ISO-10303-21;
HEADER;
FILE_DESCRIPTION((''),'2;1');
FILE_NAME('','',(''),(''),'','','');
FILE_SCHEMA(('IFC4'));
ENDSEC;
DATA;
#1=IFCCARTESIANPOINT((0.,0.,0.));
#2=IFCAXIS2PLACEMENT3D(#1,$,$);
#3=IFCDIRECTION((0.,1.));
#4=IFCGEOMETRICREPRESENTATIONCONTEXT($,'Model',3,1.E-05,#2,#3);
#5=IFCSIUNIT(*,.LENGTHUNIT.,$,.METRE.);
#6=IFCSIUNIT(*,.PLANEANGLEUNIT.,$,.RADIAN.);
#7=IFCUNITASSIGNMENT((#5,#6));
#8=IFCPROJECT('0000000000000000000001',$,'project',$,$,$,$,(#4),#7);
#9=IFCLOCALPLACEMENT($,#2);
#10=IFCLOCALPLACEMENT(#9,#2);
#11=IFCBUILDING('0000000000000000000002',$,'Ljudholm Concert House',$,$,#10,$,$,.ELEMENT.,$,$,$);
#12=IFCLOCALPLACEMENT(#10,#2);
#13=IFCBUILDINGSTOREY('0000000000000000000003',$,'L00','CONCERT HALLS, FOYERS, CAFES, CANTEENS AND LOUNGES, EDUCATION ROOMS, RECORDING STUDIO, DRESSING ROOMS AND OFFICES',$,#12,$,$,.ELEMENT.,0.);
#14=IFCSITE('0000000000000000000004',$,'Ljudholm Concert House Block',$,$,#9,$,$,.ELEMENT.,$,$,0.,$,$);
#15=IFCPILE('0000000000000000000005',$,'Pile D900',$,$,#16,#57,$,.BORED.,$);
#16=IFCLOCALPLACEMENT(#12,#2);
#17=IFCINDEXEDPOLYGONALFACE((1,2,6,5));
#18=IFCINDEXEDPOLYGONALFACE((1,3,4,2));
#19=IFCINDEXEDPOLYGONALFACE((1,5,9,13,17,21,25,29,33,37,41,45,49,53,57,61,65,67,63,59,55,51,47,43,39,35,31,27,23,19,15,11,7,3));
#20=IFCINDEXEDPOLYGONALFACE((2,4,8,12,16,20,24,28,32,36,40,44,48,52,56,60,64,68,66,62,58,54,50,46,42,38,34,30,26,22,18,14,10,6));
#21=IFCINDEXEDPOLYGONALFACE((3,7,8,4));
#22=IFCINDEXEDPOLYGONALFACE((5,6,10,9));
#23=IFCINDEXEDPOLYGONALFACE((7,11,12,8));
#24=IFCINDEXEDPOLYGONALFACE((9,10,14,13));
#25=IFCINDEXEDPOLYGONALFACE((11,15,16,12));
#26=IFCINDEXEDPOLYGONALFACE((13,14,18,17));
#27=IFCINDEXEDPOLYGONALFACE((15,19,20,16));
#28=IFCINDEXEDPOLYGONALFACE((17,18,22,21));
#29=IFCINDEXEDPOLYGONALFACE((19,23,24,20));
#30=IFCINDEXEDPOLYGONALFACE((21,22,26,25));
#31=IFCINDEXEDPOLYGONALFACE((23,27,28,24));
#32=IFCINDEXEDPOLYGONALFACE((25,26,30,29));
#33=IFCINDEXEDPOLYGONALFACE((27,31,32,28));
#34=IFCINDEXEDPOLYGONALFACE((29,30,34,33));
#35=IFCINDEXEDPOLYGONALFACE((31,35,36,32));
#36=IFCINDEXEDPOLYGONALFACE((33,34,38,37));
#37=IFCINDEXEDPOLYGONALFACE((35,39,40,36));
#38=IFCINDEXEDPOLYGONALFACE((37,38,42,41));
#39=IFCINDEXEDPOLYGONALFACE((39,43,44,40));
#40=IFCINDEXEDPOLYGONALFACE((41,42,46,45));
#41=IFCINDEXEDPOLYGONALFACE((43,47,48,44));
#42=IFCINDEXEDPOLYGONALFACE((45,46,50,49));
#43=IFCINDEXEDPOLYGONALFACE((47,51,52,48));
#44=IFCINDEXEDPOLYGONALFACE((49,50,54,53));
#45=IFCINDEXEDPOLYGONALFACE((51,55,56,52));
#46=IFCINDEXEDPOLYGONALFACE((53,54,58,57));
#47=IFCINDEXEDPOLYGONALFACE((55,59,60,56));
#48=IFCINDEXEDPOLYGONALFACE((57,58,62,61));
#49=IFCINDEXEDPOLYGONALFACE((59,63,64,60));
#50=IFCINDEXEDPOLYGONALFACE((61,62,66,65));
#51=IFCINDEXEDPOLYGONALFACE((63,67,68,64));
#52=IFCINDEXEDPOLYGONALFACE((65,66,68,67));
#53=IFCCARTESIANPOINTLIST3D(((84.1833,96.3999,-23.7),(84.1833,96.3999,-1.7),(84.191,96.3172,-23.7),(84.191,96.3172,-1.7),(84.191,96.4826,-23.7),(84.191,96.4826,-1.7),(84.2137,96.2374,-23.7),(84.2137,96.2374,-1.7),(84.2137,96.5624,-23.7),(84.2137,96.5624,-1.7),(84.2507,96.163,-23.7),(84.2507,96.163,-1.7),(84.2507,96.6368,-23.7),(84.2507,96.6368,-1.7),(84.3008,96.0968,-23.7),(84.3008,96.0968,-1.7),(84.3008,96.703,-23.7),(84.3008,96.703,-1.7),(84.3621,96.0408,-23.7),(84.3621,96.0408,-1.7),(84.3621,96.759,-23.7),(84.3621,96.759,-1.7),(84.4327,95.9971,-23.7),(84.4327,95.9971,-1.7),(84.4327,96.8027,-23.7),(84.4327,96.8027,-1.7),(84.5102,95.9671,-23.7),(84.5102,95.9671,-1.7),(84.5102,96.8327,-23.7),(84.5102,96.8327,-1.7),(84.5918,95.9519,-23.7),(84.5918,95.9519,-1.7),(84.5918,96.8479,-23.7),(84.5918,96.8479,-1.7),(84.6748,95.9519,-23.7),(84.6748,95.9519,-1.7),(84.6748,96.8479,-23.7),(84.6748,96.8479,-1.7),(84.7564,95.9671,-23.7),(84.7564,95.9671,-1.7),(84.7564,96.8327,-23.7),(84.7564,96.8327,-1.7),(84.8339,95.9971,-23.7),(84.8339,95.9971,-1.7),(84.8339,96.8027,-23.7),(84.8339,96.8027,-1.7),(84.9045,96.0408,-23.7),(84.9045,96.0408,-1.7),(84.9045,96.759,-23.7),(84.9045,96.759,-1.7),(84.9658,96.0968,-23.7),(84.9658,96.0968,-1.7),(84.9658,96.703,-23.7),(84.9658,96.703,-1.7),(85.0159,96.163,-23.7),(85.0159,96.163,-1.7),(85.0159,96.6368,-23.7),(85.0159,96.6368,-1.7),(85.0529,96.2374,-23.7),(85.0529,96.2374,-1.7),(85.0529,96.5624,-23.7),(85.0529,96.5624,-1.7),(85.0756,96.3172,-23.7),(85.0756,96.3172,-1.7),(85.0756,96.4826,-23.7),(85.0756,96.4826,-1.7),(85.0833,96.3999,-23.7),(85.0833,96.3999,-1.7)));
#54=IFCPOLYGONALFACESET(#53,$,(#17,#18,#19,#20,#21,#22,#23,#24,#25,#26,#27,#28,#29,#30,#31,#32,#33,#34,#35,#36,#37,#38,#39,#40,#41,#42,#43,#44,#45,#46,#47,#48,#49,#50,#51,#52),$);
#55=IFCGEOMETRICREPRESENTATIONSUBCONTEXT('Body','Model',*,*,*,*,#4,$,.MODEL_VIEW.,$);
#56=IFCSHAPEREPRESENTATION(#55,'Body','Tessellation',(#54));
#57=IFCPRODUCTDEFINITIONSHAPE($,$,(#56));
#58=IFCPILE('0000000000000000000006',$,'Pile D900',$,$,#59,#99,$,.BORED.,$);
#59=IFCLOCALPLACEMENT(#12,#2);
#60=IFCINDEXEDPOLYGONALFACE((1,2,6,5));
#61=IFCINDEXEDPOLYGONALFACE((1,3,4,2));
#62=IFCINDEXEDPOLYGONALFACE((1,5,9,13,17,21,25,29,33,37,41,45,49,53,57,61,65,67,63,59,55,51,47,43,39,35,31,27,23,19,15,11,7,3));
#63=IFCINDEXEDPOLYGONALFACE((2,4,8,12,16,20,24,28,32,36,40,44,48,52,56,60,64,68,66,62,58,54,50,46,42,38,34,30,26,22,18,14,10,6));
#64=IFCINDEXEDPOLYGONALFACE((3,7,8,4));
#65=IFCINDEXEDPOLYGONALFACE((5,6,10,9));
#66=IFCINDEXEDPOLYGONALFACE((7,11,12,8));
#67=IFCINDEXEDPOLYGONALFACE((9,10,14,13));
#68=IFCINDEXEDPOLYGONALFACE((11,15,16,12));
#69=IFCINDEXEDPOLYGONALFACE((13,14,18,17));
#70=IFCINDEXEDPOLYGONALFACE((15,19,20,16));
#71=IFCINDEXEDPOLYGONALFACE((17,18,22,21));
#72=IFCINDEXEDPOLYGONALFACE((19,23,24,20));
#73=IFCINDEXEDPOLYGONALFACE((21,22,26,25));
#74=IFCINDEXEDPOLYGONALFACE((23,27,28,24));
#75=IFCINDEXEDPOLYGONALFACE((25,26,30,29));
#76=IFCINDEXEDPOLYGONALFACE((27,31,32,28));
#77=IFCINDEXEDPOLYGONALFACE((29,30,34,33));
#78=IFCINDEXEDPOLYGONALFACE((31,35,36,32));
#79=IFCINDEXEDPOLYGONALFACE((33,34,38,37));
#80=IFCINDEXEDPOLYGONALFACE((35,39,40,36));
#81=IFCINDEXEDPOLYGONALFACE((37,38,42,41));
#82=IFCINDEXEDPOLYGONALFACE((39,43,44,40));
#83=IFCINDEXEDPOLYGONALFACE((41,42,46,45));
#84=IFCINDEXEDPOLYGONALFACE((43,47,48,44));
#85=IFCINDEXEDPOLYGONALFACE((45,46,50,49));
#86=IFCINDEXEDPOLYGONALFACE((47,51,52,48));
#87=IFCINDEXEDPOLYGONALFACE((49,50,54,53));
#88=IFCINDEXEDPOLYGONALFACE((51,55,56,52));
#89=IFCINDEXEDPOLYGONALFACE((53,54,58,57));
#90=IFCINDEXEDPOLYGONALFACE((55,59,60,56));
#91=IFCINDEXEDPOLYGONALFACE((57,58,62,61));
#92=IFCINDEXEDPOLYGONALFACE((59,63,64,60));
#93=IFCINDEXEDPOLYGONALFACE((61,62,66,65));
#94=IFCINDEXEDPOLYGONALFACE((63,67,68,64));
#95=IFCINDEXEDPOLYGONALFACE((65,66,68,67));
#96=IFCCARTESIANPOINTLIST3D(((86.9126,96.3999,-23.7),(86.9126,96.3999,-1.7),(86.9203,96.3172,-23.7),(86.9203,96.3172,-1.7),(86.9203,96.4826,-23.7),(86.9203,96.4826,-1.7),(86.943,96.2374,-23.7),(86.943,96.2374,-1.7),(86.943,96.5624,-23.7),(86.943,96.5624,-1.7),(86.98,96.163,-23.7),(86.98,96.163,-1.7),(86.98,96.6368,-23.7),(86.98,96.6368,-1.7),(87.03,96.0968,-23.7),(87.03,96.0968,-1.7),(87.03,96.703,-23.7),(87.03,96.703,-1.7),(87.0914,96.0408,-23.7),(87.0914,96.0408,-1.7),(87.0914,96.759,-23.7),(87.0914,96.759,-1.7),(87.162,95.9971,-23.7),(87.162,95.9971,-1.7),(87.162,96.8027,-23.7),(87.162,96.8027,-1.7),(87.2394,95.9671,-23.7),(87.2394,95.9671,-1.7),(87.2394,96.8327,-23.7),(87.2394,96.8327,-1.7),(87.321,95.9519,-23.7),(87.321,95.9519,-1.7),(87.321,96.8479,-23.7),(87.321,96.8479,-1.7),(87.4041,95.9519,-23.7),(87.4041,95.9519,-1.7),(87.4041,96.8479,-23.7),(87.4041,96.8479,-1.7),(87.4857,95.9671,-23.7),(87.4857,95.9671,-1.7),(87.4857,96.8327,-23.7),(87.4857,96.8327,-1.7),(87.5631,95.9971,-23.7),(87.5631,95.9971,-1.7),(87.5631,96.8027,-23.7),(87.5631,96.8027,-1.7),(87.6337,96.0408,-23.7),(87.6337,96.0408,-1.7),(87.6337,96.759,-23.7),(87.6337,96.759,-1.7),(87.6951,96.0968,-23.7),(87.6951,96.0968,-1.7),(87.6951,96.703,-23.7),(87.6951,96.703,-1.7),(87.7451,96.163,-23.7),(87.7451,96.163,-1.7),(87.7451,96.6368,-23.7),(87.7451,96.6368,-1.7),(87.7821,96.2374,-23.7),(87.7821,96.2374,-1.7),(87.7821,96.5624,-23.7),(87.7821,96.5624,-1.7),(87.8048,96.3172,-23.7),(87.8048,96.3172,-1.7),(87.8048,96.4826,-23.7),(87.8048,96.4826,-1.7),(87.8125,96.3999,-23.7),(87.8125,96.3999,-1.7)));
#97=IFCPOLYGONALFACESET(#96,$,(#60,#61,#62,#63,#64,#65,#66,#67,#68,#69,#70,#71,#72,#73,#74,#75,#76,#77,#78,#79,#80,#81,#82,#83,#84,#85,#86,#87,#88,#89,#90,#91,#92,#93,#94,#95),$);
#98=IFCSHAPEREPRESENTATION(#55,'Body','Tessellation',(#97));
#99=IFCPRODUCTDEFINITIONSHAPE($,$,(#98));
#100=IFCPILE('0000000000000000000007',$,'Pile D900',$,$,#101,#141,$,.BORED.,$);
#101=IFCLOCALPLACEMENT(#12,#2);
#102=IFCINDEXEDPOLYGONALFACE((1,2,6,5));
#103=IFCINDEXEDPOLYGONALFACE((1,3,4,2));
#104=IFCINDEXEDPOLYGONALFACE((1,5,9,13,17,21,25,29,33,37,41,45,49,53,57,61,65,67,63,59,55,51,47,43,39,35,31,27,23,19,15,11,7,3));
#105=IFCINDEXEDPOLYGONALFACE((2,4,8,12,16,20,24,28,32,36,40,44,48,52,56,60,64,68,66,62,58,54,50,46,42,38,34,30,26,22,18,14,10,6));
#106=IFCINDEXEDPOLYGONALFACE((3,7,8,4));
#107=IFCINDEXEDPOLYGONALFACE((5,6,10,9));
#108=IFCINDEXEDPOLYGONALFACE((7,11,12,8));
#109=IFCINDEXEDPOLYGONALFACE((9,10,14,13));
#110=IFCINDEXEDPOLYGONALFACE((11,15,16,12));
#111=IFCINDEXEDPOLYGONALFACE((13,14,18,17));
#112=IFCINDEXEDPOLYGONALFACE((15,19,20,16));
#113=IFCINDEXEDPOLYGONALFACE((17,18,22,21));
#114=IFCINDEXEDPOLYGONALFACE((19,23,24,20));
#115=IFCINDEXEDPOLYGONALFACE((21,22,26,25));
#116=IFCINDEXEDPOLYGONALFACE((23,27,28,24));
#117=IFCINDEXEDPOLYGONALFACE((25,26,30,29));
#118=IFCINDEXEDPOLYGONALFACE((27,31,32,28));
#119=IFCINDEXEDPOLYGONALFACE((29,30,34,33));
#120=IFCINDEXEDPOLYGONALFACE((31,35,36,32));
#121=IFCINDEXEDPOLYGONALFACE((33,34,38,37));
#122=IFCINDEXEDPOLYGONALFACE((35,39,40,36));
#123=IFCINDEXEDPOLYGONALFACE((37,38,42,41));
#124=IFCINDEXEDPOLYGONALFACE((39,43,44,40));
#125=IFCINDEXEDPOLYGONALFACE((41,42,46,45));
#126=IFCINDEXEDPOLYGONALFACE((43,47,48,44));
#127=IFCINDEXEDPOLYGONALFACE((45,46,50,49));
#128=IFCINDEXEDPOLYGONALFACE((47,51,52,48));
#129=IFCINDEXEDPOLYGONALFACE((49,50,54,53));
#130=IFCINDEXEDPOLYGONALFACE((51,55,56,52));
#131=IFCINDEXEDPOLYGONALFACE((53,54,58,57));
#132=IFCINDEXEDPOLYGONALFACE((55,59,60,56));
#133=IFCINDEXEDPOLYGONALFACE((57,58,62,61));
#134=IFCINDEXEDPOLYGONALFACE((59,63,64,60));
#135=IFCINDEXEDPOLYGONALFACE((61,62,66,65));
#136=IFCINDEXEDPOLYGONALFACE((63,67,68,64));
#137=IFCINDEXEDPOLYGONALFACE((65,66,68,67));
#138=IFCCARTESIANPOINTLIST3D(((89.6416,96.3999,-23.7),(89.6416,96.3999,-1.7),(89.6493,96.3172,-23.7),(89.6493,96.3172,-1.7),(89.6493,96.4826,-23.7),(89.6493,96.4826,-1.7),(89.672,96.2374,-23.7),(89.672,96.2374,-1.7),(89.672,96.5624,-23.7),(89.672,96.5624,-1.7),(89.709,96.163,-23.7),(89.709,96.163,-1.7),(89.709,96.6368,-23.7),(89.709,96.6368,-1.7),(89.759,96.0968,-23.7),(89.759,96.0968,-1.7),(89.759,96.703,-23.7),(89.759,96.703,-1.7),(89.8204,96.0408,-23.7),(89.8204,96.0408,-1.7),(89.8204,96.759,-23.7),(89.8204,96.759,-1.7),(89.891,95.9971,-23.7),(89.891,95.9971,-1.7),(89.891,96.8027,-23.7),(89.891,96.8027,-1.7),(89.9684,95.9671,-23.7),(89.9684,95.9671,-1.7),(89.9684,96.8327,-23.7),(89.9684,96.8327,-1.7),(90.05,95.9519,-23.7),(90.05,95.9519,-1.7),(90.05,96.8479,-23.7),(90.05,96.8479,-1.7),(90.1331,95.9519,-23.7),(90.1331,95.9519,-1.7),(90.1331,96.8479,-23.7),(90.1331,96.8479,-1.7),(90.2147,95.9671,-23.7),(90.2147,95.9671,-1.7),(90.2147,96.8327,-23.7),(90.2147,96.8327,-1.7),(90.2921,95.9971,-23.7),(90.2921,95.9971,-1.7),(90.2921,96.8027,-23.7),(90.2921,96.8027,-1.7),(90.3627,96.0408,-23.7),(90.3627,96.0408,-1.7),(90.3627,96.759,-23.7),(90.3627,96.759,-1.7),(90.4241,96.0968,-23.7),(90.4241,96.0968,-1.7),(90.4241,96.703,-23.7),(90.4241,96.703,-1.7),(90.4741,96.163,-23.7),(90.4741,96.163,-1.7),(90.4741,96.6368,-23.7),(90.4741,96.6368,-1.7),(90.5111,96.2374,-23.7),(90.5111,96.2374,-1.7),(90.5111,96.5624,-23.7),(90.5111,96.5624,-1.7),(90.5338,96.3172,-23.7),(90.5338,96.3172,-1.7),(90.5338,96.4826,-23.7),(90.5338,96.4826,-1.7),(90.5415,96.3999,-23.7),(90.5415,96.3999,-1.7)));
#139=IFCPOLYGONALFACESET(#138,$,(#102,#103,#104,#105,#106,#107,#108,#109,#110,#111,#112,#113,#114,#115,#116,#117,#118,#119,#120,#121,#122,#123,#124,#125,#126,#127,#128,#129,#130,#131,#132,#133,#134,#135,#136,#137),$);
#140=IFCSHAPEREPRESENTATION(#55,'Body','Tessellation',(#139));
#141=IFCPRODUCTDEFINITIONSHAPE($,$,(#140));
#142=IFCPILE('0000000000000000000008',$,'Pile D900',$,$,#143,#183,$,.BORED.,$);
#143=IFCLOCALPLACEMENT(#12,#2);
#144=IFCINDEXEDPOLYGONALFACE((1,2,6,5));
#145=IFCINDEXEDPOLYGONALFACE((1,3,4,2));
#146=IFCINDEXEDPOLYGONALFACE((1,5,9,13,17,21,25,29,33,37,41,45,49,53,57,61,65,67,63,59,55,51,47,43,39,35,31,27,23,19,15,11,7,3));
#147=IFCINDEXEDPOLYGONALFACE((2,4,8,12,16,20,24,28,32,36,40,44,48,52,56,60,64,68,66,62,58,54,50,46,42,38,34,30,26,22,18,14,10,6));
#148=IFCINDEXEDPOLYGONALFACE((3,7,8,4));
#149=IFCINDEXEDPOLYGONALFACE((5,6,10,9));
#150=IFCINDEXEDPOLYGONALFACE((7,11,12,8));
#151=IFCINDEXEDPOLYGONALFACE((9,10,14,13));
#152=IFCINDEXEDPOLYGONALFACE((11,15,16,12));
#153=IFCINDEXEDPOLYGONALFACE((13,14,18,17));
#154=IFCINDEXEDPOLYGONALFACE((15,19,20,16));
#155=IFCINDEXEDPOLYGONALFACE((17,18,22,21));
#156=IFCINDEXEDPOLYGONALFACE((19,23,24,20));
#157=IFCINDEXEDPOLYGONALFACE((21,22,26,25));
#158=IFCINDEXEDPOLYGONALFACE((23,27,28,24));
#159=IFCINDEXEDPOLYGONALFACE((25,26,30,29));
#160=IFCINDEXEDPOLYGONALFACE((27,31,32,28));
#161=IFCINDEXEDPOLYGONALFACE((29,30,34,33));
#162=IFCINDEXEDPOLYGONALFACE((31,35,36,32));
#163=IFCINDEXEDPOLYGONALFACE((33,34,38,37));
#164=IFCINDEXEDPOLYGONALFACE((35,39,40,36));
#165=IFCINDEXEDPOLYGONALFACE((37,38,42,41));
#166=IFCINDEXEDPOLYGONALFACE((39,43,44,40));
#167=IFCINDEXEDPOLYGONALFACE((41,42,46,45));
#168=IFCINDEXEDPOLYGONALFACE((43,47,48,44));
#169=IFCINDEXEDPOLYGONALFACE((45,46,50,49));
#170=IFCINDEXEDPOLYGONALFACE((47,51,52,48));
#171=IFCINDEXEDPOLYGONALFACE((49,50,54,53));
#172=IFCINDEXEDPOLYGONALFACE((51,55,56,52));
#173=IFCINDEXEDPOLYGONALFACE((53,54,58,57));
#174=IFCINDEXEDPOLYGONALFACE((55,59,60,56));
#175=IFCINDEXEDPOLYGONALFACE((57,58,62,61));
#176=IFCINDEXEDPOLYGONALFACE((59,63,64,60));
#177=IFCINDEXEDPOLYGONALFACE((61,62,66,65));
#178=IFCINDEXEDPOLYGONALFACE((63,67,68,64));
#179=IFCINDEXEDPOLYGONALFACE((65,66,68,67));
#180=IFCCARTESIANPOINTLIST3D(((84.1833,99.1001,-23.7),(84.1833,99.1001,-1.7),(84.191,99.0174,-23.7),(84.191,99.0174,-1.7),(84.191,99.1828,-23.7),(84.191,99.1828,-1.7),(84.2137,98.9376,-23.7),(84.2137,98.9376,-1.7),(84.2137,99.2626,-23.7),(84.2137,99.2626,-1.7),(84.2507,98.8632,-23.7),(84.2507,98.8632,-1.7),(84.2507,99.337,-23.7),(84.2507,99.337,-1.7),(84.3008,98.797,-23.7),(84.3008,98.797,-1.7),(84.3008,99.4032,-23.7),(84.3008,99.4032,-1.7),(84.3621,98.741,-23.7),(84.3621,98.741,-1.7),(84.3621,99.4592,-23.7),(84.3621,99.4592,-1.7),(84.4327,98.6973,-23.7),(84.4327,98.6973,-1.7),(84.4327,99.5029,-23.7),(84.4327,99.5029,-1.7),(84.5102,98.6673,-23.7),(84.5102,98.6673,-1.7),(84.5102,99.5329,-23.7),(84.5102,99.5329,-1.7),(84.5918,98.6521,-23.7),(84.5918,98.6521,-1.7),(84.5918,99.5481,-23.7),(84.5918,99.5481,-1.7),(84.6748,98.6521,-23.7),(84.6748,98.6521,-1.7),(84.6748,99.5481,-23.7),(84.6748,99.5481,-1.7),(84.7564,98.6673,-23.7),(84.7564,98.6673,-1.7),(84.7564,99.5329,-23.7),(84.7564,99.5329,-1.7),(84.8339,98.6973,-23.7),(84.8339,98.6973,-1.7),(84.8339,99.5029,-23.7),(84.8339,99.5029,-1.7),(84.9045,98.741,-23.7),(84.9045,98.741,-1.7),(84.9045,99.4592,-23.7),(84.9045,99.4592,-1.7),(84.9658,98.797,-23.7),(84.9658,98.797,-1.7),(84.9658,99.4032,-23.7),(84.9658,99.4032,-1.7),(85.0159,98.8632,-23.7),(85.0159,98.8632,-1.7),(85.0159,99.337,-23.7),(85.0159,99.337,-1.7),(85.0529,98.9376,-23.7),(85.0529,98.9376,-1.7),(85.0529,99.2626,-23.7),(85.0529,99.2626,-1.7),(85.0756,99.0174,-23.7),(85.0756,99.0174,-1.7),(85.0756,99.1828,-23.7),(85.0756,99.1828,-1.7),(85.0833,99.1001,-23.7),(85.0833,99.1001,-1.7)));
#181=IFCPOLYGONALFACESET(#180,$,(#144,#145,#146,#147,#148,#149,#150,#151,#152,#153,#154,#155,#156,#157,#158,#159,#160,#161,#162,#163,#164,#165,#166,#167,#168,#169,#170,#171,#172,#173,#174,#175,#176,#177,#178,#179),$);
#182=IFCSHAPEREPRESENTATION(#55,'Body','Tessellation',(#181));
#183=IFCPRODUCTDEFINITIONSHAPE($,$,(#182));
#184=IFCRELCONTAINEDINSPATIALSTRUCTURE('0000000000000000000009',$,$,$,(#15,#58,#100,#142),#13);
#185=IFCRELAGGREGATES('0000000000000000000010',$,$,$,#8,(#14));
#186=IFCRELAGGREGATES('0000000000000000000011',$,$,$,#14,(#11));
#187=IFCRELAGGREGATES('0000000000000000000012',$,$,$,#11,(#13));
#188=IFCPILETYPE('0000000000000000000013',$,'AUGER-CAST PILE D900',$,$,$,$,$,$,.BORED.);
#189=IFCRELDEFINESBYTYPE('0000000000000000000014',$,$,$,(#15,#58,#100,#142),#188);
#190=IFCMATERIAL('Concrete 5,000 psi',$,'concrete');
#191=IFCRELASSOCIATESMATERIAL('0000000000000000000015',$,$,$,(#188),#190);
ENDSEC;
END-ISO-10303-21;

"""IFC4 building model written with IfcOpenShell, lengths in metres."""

from ifc_helpers import new_model, si_unit, direction, frame, origin, origin_2d, place, context, subcontext, project, spatial, circle, extrude, material, material_profile, profile_set, type_object, element, save


model = new_model("IFC4")

# Units and contexts
model_context = context("Model", 3, precision=1e-05, world=origin(), true_north=direction((0.0, 1.0)))
body_context = subcontext(model_context, "Body", "Model", "MODEL_VIEW")
ifc_project = project(units=[si_unit("LENGTHUNIT", "METRE"), si_unit("PLANEANGLEUNIT", "RADIAN")], contexts=[model_context])

# Site, building, storey
site_placement = place(None, origin())
site = spatial("IfcSite", under=ifc_project, at=site_placement, Name="Ljudholm Concert House Block", CompositionType="ELEMENT", RefElevation=0.0)
building_placement = place(site_placement, origin())
building = spatial("IfcBuilding", under=site, at=building_placement, Name="Ljudholm Concert House", CompositionType="ELEMENT")
storey_placement = place(building_placement, origin())
storey = spatial("IfcBuildingStorey", under=building, at=storey_placement, Name="L00", Description="CONCERT HALLS, FOYERS, CAFES, CANTEENS AND LOUNGES, EDUCATION ROOMS, RECORDING STUDIO, DRESSING ROOMS AND OFFICES", CompositionType="ELEMENT", Elevation=0.0)

# Piles
ifc_material_1 = material(Name="Concrete 5,000 psi", Category="concrete")
ifc_material_profile_1 = material_profile(ifc_material_1, circle(Radius=0.45, at=origin_2d()), Name="AUGER-CAST PILE D900")
ifc_profile_set_1 = profile_set([ifc_material_profile_1], Name="Concrete 5,000 psi")
pile_type_1 = type_object("IfcPileType", Name="AUGER-CAST PILE D900", PredefinedType="BORED", material=ifc_profile_set_1)
for number, where, z_axis, x_axis, name in (
    (1, (84.6333, 96.3999, -1.7), (0.0, 0.0, -1.0), (1.0, 0.0, 0.0), "Pile D900"),
    (2, (87.3625, 96.3999, -1.7), (0.0, 0.0, -1.0), (1.0, 0.0, 0.0), "Pile D900"),
    (3, (90.0916, 96.3999, -1.7), (0.0, 0.0, -1.0), (1.0, 0.0, 0.0), "Pile D900"),
    (4, (84.6333, 99.1001, -1.7), (0.0, 0.0, -1.0), (1.0, 0.0, 0.0), "Pile D900"),
):
    element("IfcPile", number, at=place(storey_placement, frame(where, z_axis=z_axis, x_axis=x_axis)), inside=storey, type_object=pile_type_1, Name=name, PredefinedType="BORED", context=body_context, shape_type="SweptSolid", body=[
        extrude(circle(Radius=0.45, at=origin_2d()), origin(), (0.0, 0.0, 1.0), 22.0),
    ])

save(model, "model.ifc")
